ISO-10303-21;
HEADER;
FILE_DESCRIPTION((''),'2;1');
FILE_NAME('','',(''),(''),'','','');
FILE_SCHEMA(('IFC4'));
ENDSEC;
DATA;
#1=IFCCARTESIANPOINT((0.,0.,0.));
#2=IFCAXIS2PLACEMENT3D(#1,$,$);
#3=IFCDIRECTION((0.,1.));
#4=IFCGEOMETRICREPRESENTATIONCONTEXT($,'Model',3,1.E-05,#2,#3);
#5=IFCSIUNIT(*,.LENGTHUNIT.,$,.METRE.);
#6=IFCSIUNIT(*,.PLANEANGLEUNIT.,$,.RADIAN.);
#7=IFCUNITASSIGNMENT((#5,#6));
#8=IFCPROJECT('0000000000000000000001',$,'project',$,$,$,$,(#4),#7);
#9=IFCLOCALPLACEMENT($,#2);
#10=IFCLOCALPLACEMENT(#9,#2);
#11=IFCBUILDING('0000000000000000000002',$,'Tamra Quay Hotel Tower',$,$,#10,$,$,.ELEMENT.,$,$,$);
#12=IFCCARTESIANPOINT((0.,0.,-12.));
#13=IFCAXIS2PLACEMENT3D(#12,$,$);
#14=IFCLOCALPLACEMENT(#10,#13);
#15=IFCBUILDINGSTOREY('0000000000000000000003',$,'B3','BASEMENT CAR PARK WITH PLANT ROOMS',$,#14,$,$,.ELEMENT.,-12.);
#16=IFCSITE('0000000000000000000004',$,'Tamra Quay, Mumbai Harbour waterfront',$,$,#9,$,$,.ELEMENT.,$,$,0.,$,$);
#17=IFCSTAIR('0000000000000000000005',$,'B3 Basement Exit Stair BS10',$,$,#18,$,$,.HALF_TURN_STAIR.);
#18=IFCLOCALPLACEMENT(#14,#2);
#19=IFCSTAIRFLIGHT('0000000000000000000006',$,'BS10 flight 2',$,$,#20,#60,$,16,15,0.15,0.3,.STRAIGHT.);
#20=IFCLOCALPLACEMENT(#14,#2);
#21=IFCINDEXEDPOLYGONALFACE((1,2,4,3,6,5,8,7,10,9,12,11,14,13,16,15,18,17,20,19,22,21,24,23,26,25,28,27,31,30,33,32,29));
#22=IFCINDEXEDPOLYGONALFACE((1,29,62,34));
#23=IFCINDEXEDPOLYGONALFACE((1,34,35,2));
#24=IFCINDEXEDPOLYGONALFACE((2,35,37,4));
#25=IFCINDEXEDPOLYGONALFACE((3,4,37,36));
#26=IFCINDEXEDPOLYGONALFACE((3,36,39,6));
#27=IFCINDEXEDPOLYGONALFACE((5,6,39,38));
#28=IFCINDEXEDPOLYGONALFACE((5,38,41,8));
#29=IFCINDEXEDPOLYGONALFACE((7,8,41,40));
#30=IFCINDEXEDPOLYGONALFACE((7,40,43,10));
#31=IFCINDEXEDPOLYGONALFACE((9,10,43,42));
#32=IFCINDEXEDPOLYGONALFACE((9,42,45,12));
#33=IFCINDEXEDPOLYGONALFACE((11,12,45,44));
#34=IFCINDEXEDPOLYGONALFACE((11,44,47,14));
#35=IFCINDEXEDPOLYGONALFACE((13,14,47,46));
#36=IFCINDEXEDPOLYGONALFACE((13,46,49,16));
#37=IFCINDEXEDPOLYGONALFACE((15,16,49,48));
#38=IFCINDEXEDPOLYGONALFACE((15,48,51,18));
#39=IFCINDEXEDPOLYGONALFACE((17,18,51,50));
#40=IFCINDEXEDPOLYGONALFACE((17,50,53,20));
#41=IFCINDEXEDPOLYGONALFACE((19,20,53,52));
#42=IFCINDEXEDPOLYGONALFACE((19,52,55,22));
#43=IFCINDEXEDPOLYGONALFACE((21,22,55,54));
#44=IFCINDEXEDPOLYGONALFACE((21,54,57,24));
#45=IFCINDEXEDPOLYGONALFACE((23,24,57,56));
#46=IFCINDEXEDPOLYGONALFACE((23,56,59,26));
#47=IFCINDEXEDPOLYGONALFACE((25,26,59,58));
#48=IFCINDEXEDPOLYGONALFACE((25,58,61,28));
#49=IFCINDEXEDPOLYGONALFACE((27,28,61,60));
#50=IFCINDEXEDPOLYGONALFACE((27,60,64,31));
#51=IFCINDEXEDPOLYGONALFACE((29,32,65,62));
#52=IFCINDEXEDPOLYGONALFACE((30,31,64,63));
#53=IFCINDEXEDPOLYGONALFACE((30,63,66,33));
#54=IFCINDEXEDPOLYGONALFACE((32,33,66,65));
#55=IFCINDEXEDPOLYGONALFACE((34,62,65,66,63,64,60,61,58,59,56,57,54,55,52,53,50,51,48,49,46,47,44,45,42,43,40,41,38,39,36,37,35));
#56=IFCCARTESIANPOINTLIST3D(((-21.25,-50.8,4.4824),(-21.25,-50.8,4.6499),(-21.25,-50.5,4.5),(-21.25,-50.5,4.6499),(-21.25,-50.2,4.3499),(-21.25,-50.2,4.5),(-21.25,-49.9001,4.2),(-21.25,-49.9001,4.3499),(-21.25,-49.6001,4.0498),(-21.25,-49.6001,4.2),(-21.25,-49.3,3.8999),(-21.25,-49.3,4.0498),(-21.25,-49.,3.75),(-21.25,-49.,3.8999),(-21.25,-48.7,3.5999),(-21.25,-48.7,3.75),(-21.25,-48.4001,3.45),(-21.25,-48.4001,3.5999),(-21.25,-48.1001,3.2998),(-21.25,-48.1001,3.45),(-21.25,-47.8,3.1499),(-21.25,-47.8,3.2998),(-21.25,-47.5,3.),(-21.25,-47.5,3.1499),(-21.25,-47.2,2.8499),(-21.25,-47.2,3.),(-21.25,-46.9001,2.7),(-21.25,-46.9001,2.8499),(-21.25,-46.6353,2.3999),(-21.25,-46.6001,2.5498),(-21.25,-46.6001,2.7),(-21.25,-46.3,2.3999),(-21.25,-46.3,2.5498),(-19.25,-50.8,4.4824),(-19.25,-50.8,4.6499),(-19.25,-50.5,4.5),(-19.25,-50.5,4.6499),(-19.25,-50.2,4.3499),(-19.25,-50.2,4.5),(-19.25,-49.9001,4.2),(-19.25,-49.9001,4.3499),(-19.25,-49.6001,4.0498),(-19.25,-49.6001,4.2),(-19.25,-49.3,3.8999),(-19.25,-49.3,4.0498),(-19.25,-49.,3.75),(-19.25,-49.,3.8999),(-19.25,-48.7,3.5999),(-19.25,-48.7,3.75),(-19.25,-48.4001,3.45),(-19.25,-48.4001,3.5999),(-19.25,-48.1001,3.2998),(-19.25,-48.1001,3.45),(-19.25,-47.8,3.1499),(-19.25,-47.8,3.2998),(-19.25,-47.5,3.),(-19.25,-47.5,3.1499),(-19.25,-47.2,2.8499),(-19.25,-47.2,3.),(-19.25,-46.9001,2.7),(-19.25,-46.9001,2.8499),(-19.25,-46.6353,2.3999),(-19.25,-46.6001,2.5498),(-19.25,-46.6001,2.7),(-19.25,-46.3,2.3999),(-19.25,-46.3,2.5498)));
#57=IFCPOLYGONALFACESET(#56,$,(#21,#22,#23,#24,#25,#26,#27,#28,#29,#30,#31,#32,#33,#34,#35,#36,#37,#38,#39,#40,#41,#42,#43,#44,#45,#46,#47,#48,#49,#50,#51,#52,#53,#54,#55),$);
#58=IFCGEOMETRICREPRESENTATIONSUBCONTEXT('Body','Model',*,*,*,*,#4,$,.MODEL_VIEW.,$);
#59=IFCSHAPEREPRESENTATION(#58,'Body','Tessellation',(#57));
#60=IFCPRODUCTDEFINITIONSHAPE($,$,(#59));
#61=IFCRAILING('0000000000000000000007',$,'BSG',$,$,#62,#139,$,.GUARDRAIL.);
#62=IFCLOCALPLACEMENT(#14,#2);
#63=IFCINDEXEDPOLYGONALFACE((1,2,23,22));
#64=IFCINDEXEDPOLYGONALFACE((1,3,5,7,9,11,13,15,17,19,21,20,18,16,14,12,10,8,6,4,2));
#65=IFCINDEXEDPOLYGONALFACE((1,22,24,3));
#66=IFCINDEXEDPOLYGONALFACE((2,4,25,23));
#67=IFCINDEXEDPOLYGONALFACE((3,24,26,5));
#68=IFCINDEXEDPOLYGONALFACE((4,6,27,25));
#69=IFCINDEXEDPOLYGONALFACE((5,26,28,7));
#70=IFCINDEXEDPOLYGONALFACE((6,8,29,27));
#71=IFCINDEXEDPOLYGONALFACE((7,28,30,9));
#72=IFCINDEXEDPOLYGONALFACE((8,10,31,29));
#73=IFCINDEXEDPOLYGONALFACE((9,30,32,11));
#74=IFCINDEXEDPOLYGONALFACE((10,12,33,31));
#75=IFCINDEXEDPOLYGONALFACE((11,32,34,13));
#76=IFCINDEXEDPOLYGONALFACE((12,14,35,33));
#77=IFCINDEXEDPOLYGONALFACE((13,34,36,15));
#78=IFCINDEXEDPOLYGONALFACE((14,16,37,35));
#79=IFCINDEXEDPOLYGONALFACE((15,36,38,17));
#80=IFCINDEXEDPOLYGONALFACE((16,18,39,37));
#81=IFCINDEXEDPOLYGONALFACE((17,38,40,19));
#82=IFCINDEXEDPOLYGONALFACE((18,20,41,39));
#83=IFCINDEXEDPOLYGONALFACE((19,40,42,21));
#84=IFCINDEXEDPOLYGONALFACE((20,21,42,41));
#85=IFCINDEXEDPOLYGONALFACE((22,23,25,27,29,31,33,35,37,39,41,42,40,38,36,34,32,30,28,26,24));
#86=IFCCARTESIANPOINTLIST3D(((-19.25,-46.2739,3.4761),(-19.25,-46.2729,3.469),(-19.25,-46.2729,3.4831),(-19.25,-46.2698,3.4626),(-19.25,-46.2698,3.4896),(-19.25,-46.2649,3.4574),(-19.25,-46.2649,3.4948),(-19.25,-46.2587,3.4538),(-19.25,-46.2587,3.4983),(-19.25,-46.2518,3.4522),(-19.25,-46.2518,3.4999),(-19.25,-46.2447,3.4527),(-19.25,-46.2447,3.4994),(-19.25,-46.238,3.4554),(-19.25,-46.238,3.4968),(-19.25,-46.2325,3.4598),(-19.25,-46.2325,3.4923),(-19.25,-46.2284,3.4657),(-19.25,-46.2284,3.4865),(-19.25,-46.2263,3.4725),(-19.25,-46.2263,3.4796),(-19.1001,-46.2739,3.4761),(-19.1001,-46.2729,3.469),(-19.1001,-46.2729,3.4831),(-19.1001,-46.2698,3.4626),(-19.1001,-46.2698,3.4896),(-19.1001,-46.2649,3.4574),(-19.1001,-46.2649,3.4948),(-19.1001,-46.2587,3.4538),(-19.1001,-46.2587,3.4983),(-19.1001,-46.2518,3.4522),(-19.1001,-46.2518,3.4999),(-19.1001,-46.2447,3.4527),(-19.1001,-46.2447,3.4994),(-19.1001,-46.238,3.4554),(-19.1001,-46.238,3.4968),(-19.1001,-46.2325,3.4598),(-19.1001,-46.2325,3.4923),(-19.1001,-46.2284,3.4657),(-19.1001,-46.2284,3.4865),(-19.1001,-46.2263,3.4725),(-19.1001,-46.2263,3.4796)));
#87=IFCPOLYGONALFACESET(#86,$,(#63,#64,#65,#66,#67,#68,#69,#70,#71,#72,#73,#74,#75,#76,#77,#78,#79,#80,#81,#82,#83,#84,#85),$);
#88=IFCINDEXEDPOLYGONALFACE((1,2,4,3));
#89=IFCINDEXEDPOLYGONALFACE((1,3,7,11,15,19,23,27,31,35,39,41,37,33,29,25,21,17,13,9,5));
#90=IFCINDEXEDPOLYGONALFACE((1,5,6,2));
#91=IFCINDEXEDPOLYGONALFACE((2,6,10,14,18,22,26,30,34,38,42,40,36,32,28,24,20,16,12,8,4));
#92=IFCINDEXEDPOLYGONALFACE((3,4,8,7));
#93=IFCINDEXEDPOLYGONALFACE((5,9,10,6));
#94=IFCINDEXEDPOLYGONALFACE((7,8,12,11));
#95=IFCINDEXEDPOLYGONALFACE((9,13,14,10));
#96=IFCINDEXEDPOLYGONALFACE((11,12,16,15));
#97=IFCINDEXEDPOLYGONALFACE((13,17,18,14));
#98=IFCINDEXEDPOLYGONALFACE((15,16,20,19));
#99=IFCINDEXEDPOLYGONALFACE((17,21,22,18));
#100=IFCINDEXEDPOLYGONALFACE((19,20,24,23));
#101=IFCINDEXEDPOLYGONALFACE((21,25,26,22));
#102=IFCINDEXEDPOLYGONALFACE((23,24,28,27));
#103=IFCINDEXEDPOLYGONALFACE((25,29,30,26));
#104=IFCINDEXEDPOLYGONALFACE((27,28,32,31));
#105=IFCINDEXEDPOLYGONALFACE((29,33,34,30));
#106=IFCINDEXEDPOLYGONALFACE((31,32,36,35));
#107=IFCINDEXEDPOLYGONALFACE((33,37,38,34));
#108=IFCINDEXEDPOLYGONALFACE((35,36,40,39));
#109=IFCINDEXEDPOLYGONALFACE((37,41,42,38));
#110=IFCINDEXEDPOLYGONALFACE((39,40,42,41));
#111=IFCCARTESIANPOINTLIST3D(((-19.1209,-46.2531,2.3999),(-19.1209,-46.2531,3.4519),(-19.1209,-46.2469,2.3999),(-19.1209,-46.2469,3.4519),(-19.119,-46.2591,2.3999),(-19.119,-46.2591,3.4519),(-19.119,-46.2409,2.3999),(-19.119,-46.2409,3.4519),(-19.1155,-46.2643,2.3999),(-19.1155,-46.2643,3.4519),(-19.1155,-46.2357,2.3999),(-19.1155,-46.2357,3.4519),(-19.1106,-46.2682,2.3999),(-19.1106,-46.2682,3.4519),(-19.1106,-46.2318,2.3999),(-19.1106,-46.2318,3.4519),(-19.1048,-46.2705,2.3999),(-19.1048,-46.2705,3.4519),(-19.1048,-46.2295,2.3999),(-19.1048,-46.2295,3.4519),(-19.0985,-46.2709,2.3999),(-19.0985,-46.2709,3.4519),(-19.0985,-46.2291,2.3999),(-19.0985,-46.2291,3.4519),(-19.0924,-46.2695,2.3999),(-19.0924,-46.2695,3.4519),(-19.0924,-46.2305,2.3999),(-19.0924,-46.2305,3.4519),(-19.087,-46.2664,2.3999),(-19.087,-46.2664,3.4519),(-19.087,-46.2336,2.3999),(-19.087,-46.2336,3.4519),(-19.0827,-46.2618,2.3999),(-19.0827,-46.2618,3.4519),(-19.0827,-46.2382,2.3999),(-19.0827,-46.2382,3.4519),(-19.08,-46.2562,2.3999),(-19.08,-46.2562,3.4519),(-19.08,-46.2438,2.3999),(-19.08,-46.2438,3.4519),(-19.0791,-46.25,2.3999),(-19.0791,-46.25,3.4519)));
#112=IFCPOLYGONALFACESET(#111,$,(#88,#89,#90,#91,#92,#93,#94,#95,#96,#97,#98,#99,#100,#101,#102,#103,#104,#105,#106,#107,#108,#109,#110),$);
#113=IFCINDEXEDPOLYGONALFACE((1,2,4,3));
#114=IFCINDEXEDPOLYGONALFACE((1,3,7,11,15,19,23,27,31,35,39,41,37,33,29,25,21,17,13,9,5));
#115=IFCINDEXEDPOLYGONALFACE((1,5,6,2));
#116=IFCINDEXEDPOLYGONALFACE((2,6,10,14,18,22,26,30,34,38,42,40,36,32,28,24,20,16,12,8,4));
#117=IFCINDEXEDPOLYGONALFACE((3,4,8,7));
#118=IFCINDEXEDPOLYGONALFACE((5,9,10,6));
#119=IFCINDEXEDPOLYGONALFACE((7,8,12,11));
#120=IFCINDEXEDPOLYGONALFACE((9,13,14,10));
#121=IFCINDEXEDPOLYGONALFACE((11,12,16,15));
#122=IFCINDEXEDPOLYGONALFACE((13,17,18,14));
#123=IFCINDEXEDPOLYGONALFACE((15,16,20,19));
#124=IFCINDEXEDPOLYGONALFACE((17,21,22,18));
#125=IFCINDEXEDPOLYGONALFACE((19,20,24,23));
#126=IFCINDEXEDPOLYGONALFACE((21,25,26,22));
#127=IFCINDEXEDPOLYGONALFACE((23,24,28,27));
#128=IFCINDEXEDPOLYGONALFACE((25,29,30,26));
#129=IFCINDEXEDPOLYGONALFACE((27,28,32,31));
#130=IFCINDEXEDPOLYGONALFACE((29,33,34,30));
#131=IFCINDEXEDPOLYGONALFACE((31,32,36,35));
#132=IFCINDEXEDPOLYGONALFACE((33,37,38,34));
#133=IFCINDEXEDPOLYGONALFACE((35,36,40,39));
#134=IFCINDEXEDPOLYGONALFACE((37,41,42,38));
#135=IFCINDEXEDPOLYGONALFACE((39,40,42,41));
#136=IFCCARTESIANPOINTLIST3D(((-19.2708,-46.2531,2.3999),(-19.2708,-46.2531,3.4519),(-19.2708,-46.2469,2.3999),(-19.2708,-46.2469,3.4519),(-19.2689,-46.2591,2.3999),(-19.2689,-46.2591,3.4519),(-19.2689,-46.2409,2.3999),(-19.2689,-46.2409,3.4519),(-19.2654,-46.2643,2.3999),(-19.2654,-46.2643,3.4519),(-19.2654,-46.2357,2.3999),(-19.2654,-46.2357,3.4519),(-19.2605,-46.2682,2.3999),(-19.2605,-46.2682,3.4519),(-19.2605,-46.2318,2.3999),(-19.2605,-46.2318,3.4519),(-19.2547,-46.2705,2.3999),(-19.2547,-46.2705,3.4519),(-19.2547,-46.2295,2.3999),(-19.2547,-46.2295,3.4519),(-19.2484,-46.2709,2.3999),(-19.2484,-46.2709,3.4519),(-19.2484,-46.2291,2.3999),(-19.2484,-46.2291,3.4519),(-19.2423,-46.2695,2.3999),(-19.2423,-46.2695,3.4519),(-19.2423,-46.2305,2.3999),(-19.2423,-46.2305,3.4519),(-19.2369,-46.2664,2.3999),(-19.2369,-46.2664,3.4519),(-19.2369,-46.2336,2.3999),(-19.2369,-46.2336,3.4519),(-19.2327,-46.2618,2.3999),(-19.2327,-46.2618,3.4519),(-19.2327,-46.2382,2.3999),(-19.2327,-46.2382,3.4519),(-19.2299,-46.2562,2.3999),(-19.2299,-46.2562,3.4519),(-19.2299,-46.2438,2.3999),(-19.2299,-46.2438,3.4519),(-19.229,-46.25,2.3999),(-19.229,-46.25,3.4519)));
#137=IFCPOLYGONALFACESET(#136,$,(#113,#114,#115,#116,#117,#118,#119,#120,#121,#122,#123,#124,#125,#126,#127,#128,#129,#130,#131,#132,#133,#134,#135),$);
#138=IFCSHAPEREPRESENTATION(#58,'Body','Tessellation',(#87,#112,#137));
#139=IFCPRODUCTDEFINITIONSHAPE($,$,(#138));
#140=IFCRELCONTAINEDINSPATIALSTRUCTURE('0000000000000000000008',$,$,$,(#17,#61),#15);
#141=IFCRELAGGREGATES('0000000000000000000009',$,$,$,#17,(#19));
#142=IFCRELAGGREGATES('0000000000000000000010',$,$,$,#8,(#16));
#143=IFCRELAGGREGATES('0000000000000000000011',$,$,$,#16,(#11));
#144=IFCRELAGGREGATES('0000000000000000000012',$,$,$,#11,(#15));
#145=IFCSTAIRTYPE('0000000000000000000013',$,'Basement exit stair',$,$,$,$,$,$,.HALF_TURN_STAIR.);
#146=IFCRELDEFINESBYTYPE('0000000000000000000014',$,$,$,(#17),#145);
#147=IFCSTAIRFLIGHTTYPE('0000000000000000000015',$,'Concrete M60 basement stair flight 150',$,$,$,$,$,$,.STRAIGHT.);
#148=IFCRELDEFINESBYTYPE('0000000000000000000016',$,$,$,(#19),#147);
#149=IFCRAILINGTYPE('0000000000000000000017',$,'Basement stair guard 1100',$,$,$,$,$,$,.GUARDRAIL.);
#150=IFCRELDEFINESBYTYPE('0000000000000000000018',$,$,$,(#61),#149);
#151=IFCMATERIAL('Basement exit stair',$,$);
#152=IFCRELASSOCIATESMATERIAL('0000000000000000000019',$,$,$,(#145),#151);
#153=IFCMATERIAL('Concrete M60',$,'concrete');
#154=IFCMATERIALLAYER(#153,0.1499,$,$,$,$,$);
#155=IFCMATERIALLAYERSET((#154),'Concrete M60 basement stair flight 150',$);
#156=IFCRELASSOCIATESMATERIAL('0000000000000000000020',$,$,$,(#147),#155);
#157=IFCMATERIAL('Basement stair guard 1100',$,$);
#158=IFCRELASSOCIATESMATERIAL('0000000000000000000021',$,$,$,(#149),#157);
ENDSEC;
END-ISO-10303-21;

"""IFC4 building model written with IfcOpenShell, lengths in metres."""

from ifc_helpers import new_model, si_unit, direction, frame, origin, origin_2d, place, context, subcontext, project, spatial, polyline, circle, outline, extrude, material, layer, layer_set, type_object, element, aggregate, save


model = new_model("IFC4")

# Units and contexts
model_context = context("Model", 3, precision=1e-05, world=origin(), true_north=direction((0.0, 1.0)))
body_context = subcontext(model_context, "Body", "Model", "MODEL_VIEW")
ifc_project = project(units=[si_unit("LENGTHUNIT", "METRE"), si_unit("PLANEANGLEUNIT", "RADIAN")], contexts=[model_context])

# Site, building, storey
site_placement = place(None, origin())
site = spatial("IfcSite", under=ifc_project, at=site_placement, Name="Tamra Quay, Mumbai Harbour waterfront", CompositionType="ELEMENT", RefElevation=0.0)
building_placement = place(site_placement, origin())
building = spatial("IfcBuilding", under=site, at=building_placement, Name="Tamra Quay Hotel Tower", CompositionType="ELEMENT")
storey_placement = place(building_placement, frame((0.0, 0.0, -12.0)))
storey = spatial("IfcBuildingStorey", under=building, at=storey_placement, Name="B3", Description="BASEMENT CAR PARK WITH PLANT ROOMS", CompositionType="ELEMENT", Elevation=-12.0)

# Stair, stair flight
ifc_material_1 = material(Name="Basement exit stair")
stair_type = type_object("IfcStairType", Name="Basement exit stair", PredefinedType="HALF_TURN_STAIR", material=ifc_material_1)
stair_placement = place(storey_placement, origin())
stair = element("IfcStair", 1, at=stair_placement, inside=storey, type_object=stair_type, Name="B3 Basement Exit Stair BS10", PredefinedType="HALF_TURN_STAIR")
ifc_material_2 = material(Name="Concrete M60", Category="concrete")
ifc_layer_1 = layer(ifc_material_2, 0.1499)
ifc_layer_set_1 = layer_set([ifc_layer_1], Name="Concrete M60 basement stair flight 150")
stair_flight_type = type_object("IfcStairFlightType", Name="Concrete M60 basement stair flight 150", PredefinedType="STRAIGHT", material=ifc_layer_set_1)
stair_flight_placement = place(storey_placement, frame((-20.25, -46.3, 2.3999), z_axis=(0.0, 0.0, 1.0), x_axis=(0.0, -1.0, 0.0)))
stair_flight = element("IfcStairFlight", 2, at=stair_flight_placement, type_object=stair_flight_type, Name="BS10 flight 2", NumberOfRisers=16, NumberOfTreads=15, PredefinedType="STRAIGHT", RiserHeight=0.15, TreadLength=0.3, context=body_context, shape_type="SweptSolid", body=[
    extrude(outline(polyline([(0.0, 0.0), (0.0, 0.1499), (0.3, 0.1499), (0.3, 0.3), (0.6001, 0.3), (0.6001, 0.45), (0.8999, 0.45), (0.8999, 0.6001), (1.2, 0.6001), (1.2, 0.75), (1.5, 0.75), (1.5, 0.8999), (1.8, 0.8999), (1.8, 1.05), (2.1001, 1.05), (2.1001, 1.2), (2.3999, 1.2), (2.3999, 1.3501), (2.7, 1.3501), (2.7, 1.5), (3.0, 1.5), (3.0, 1.6499), (3.3, 1.6499), (3.3, 1.8), (3.6001, 1.8), (3.6001, 1.95), (3.8999, 1.95), (3.8999, 2.1001), (4.2, 2.1001), (4.2, 2.25), (4.5, 2.25), (4.5, 2.3999), (4.5, 2.0825), (0.3352, 0.0), (0.0, 0.0)])), frame((0.0, 1.0, 0.0), z_axis=(0.0, -1.0, 0.0), x_axis=(1.0, 0.0, 0.0)), (0.0, 0.0, 1.0), 2.0),
])
aggregate(stair, [stair_flight])

# Railing
ifc_material_3 = material(Name="Basement stair guard 1100")
railing_type_1 = type_object("IfcRailingType", Name="Basement stair guard 1100", PredefinedType="GUARDRAIL", material=ifc_material_3)
railing_1_placement = place(storey_placement, frame((-19.1001, -46.25, 2.3999)))
element("IfcRailing", 3, at=railing_1_placement, inside=storey, type_object=railing_type_1, Name="BSG", PredefinedType="GUARDRAIL", context=body_context, shape_type="SweptSolid", body=[
    extrude(circle(Radius=0.0239, at=origin_2d()), frame((0.0, 0.0, 1.0762), z_axis=(-1.0, 0.0, 0.0), x_axis=(0.0, -1.0, 0.0)), (0.0, 0.0, 1.0), 0.1499),
    extrude(circle(Radius=0.021, at=origin_2d()), origin(), (0.0, 0.0, 1.0), 1.052),
    extrude(circle(Radius=0.021, at=origin_2d()), frame((-0.1499, 0.0, 0.0)), (0.0, 0.0, 1.0), 1.052),
])

save(model, "model.ifc")
